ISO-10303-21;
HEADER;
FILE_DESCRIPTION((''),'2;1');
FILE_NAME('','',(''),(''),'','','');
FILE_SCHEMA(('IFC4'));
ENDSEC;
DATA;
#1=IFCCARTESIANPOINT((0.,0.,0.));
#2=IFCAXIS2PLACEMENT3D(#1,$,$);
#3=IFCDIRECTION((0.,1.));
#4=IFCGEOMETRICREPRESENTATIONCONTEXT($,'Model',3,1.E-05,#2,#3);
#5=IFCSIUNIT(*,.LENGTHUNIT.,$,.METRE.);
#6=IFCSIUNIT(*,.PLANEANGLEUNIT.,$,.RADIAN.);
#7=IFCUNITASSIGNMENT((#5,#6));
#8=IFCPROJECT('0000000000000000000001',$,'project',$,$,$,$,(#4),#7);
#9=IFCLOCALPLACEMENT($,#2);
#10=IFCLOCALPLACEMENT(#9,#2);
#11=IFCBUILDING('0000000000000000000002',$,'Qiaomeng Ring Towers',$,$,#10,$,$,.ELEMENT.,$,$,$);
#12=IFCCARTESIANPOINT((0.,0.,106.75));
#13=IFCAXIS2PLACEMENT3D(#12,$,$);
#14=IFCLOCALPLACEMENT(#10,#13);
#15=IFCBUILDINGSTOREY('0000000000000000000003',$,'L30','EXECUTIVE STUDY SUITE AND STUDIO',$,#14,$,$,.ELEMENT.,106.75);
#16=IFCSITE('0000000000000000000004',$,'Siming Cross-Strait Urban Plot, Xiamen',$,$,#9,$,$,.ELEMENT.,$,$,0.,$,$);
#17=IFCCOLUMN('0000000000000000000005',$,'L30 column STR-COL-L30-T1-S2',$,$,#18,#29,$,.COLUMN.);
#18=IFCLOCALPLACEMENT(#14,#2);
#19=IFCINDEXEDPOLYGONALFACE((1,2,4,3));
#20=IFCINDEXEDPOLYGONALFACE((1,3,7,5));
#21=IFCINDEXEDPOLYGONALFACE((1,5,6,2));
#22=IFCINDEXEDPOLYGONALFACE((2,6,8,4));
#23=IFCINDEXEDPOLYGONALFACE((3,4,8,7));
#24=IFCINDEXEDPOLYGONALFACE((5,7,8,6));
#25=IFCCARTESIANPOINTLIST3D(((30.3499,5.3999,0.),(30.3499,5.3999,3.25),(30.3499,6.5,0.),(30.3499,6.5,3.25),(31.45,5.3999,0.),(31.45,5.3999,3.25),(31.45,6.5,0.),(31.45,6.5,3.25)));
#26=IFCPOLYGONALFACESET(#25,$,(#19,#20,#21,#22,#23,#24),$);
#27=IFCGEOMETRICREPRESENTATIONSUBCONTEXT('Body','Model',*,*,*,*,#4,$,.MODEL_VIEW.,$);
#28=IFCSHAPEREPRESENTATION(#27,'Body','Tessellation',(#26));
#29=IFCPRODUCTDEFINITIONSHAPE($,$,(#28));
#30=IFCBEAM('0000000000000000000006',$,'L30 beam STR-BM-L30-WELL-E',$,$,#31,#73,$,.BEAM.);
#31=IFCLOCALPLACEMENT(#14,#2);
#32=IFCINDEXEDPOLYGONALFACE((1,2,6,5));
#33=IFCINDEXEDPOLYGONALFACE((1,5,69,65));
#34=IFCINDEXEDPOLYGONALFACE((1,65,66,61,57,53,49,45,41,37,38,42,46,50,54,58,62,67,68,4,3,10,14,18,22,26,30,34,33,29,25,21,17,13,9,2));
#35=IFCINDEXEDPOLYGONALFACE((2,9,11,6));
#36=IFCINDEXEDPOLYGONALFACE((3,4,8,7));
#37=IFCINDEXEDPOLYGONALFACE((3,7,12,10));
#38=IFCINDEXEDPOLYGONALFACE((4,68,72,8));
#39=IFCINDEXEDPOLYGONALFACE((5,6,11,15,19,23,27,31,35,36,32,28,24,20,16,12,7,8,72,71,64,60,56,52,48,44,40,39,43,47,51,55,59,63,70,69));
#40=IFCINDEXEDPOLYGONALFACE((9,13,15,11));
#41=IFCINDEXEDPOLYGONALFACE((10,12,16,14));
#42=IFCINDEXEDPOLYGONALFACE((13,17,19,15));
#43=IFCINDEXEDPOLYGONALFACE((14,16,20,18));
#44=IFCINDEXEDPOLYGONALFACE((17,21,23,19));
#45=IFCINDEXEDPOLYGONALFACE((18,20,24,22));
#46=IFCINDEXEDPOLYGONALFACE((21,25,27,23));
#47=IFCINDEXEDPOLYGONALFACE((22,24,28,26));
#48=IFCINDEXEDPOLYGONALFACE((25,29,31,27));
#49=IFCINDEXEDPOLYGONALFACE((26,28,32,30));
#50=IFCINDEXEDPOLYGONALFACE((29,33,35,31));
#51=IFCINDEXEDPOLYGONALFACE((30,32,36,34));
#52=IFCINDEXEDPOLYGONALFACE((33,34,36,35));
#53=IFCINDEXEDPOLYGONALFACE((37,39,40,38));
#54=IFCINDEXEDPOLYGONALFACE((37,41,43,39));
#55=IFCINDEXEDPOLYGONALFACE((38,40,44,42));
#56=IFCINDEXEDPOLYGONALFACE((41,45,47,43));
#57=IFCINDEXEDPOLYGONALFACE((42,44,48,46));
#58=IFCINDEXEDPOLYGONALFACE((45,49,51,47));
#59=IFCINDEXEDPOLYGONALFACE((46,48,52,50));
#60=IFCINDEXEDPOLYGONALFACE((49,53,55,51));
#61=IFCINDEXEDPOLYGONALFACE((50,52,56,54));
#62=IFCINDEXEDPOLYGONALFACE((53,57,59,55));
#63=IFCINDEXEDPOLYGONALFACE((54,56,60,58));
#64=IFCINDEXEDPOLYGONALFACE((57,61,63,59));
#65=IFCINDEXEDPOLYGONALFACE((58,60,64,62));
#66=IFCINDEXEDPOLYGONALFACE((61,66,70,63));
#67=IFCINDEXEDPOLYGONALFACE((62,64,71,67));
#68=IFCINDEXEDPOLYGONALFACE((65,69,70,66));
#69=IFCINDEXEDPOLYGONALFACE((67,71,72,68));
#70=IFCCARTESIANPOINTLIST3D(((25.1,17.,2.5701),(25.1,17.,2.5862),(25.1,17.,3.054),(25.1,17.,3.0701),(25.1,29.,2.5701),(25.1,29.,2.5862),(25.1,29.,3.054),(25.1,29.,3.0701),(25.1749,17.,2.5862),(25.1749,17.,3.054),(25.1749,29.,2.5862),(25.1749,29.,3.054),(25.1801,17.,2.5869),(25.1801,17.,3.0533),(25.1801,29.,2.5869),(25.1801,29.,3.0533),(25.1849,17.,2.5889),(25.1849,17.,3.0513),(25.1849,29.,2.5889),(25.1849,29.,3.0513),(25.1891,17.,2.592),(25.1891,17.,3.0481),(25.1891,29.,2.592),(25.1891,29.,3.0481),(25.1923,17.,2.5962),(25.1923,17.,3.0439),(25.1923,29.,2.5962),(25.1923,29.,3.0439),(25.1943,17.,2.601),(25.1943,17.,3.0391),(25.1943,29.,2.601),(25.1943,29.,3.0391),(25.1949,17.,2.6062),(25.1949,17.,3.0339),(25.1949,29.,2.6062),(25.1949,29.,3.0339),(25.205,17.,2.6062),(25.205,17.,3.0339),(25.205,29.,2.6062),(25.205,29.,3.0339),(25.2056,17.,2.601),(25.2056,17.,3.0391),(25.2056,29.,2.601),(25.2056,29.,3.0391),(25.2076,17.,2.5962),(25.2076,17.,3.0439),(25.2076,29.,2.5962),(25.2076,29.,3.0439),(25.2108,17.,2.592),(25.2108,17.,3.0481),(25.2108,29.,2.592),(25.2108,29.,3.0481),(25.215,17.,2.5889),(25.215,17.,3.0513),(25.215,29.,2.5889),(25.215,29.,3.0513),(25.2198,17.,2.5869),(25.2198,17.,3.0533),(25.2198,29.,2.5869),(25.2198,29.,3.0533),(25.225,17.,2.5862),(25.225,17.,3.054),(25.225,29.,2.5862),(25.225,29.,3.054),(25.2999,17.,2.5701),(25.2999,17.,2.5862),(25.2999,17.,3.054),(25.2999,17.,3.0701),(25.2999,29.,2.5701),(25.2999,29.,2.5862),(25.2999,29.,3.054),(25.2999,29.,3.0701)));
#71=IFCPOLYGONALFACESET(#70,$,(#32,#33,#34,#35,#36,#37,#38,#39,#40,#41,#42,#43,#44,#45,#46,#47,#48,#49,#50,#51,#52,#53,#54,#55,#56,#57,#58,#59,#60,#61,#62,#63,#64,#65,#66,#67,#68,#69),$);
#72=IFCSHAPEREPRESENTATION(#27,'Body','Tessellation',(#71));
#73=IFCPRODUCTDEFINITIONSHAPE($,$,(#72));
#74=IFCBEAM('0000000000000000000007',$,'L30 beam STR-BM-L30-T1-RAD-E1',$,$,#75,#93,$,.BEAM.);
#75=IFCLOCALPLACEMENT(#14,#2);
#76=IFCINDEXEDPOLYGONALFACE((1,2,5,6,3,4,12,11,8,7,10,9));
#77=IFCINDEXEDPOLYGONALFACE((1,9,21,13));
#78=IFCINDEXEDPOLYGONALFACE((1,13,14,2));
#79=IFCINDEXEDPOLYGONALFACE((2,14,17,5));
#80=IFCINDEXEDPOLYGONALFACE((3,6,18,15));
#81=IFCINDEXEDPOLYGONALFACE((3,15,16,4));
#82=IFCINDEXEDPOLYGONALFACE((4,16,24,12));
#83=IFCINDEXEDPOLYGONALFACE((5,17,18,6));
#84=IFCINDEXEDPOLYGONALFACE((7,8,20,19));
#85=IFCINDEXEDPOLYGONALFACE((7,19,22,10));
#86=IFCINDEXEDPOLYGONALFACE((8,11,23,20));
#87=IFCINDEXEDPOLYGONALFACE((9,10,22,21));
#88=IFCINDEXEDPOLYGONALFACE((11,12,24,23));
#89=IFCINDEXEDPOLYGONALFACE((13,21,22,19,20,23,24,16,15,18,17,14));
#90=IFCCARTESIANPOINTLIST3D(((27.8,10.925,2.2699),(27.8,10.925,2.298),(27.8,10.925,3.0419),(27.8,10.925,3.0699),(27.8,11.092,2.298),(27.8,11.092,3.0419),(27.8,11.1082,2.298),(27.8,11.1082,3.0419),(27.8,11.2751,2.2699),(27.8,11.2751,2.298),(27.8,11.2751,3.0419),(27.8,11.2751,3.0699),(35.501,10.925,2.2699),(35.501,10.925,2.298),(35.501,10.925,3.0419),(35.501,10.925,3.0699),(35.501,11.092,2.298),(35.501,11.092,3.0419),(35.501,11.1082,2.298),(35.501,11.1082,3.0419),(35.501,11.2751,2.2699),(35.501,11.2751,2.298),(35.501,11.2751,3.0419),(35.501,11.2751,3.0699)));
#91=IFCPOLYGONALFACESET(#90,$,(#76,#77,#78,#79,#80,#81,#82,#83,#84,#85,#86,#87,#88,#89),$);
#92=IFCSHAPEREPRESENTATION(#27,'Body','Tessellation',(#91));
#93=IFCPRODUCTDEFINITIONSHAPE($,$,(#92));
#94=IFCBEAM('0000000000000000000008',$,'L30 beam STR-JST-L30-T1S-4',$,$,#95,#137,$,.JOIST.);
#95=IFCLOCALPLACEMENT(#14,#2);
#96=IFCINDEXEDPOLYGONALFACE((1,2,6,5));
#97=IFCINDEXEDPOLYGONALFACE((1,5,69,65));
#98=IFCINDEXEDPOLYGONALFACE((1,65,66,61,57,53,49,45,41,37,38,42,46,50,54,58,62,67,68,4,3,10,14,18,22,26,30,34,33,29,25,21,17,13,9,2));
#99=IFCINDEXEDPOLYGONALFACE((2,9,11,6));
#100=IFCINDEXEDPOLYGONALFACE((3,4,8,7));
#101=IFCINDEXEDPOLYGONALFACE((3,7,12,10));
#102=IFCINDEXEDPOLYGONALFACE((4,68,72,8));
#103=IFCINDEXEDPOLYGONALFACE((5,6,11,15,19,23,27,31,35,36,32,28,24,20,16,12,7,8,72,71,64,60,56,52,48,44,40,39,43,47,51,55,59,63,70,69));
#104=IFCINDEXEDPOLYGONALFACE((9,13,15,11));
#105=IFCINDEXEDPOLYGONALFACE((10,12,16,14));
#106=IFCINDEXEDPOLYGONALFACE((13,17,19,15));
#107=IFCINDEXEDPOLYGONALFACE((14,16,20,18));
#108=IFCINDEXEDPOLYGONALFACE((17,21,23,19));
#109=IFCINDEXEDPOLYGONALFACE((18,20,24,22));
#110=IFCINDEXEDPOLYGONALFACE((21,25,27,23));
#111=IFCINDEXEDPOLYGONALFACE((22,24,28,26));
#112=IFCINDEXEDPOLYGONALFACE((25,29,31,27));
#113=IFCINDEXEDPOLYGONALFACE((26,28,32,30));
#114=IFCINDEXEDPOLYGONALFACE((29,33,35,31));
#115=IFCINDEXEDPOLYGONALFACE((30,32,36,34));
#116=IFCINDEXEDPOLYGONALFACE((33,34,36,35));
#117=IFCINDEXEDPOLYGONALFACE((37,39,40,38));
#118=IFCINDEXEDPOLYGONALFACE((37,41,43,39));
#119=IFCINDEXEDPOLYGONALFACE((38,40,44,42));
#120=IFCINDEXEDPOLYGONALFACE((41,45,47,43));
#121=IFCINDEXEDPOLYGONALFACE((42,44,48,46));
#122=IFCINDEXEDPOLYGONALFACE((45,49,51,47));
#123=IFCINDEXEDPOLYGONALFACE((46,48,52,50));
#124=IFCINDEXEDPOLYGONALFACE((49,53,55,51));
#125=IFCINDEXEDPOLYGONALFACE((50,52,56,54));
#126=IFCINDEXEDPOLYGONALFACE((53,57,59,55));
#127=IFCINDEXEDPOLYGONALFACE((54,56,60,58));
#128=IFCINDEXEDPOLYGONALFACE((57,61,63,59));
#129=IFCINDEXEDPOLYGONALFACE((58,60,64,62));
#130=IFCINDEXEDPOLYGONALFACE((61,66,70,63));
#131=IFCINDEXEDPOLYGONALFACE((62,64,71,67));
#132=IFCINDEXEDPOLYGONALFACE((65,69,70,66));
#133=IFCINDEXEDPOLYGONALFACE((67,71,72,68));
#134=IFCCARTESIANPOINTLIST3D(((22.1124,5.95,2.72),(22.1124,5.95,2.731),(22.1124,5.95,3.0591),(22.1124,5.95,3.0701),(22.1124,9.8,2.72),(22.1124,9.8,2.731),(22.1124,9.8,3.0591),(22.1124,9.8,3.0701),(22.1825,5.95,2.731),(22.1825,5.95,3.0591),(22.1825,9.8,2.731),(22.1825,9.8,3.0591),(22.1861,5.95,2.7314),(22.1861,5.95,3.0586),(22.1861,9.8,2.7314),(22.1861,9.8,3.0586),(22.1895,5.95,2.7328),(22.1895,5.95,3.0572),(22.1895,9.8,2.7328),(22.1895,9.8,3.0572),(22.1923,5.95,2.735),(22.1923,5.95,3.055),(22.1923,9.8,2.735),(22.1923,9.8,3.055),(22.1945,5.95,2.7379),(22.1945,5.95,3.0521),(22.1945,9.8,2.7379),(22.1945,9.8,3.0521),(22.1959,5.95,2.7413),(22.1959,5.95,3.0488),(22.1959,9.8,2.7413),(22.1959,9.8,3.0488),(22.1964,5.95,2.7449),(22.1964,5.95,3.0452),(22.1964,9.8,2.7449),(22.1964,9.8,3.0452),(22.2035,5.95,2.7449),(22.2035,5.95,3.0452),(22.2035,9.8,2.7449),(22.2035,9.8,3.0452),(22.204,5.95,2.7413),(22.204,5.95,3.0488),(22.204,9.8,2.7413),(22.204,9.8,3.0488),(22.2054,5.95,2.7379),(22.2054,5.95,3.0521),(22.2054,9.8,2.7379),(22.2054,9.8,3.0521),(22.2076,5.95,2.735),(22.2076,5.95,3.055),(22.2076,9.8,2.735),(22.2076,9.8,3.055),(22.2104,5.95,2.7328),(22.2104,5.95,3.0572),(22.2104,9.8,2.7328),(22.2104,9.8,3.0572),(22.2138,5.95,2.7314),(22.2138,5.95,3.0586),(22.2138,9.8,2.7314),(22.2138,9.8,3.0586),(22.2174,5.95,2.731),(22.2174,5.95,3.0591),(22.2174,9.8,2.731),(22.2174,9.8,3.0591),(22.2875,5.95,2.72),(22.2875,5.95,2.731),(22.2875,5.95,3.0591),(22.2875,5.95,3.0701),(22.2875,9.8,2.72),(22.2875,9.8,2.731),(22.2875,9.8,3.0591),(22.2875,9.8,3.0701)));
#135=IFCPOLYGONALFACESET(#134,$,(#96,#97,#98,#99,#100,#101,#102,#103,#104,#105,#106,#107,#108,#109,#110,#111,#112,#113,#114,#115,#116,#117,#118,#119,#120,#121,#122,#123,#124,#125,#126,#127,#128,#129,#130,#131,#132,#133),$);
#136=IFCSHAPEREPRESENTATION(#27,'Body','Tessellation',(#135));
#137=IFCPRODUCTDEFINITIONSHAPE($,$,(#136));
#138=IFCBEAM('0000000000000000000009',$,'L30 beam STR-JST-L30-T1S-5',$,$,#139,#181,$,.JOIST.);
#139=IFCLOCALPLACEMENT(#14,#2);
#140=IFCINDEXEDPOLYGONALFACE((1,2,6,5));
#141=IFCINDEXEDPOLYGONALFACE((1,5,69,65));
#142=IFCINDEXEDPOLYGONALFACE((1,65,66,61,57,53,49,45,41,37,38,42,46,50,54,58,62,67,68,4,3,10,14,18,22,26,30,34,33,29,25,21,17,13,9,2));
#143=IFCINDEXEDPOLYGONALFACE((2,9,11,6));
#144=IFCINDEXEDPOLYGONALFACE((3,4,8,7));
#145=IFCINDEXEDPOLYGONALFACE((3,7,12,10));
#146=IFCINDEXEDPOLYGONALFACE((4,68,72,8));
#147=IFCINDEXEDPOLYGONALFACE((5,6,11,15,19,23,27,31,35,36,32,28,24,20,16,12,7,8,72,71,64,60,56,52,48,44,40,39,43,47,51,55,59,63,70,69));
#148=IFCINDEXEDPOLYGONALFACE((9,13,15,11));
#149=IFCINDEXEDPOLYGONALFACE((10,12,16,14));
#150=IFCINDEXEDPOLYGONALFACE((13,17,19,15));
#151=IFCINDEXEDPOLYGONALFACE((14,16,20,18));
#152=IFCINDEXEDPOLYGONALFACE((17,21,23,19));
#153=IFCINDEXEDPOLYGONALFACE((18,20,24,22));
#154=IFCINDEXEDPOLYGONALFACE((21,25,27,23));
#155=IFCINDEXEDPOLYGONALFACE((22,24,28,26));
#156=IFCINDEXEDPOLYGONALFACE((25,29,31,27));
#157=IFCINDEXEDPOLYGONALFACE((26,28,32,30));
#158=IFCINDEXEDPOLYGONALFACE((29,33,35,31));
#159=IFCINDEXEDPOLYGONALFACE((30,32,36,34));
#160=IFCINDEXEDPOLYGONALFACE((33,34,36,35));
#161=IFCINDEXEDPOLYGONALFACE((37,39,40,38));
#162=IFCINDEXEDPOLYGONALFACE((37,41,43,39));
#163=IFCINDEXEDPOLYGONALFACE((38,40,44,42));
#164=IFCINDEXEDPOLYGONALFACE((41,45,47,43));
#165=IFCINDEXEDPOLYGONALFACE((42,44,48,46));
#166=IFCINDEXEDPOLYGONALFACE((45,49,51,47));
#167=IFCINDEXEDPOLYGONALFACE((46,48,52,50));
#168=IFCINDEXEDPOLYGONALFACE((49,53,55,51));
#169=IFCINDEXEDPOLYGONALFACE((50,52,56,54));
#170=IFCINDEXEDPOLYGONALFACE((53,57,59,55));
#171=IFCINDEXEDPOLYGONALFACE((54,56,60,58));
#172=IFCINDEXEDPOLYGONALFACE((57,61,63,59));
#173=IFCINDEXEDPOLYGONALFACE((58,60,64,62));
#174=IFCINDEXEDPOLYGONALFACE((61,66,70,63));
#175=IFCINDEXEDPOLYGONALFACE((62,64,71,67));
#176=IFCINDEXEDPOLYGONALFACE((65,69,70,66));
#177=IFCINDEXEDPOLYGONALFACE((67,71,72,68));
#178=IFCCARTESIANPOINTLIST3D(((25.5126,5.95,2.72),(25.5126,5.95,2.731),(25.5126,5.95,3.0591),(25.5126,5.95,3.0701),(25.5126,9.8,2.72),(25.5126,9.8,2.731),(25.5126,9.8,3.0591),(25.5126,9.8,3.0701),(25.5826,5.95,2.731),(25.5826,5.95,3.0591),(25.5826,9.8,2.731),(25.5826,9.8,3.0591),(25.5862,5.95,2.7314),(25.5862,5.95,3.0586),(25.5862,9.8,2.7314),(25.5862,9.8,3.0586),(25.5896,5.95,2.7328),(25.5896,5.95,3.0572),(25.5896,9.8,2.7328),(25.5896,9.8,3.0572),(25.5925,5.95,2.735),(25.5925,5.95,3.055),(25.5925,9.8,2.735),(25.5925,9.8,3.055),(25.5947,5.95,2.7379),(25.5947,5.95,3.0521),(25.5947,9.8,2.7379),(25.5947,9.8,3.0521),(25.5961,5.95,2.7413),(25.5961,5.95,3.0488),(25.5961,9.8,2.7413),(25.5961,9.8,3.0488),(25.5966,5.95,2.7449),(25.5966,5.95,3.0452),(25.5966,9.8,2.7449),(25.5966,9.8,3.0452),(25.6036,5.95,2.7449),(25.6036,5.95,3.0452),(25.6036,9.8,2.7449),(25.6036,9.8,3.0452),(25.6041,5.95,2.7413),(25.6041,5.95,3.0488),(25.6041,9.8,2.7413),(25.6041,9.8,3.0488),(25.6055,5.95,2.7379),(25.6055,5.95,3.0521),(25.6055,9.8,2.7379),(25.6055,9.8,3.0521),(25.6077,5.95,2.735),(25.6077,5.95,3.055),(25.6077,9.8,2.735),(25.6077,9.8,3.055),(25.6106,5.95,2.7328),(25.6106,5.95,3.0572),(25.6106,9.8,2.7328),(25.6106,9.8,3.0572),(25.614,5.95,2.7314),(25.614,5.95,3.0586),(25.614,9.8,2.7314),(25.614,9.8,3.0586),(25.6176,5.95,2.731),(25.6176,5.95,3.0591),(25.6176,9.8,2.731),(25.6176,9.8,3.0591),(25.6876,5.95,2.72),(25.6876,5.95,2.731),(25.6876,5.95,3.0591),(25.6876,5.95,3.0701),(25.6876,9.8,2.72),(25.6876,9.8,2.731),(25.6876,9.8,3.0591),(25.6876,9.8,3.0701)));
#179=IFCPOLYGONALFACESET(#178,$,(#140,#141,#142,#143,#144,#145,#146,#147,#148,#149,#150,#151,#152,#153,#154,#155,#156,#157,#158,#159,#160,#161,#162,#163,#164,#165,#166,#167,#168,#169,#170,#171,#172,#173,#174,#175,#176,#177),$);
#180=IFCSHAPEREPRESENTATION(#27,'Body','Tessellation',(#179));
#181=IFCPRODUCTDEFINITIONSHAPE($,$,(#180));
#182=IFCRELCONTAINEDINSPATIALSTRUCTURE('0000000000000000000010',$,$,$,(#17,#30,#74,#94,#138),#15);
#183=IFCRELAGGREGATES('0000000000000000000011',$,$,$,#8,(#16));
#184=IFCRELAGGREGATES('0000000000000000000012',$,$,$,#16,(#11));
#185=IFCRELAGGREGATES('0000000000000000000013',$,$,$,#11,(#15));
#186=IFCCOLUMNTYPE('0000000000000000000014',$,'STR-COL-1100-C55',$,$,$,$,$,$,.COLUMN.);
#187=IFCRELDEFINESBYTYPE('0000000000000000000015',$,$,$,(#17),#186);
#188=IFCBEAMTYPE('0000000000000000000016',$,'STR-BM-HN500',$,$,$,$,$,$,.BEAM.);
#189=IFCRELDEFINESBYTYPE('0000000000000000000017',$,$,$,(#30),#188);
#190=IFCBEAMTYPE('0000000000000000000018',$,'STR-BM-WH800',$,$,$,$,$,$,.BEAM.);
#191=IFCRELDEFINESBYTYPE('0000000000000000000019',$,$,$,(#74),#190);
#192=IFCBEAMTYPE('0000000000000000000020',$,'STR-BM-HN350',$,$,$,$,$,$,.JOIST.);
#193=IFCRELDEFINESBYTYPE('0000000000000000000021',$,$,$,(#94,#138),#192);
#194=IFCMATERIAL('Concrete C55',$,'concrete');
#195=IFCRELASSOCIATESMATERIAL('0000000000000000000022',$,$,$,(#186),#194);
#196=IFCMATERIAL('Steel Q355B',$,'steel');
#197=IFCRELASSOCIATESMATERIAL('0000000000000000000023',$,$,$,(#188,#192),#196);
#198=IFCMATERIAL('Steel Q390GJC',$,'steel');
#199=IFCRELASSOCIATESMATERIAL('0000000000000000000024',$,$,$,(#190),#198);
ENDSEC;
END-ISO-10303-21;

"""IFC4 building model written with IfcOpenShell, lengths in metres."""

from ifc_helpers import new_model, si_unit, direction, frame, origin, origin_2d, place, context, subcontext, project, spatial, rectangle, i_section, extrude, source, transform, mapped, material, material_profile, profile_set, type_object, element, save


model = new_model("IFC4")

# Units and contexts
model_context = context("Model", 3, precision=1e-05, world=origin(), true_north=direction((0.0, 1.0)))
body_context = subcontext(model_context, "Body", "Model", "MODEL_VIEW")
ifc_project = project(units=[si_unit("LENGTHUNIT", "METRE"), si_unit("PLANEANGLEUNIT", "RADIAN")], contexts=[model_context])

# Site, building, storey
site_placement = place(None, origin())
site = spatial("IfcSite", under=ifc_project, at=site_placement, Name="Siming Cross-Strait Urban Plot, Xiamen", CompositionType="ELEMENT", RefElevation=0.0)
building_placement = place(site_placement, origin())
building = spatial("IfcBuilding", under=site, at=building_placement, Name="Qiaomeng Ring Towers", CompositionType="ELEMENT")
storey_placement = place(building_placement, frame((0.0, 0.0, 106.75)))
storey = spatial("IfcBuildingStorey", under=building, at=storey_placement, Name="L30", Description="EXECUTIVE STUDY SUITE AND STUDIO", CompositionType="ELEMENT", Elevation=106.75)

# Column
ifc_material_1 = material(Name="Concrete C55", Category="concrete")
ifc_material_profile_1 = material_profile(ifc_material_1, rectangle(XDim=1.1001, YDim=1.1001, at=origin_2d()), Name="RC COL 1100x1100")
ifc_profile_set_1 = profile_set([ifc_material_profile_1], Name="Concrete C55")
column_type = type_object("IfcColumnType", Name="STR-COL-1100-C55", PredefinedType="COLUMN", material=ifc_profile_set_1)
shared_shape_1 = source(origin(), body_context, "Body", "SweptSolid", [
    extrude(rectangle(XDim=1.1001, YDim=1.1001, at=origin_2d()), origin(), (0.0, 0.0, 1.0), 3.25),
])
column_placement = place(storey_placement, frame((30.8999, 5.95, 0.0), z_axis=(0.0, 0.0, 1.0), x_axis=(1.0, 0.0, 0.0)))
element("IfcColumn", 1, at=column_placement, inside=storey, type_object=column_type, Name="L30 column STR-COL-L30-T1-S2", PredefinedType="COLUMN", context=body_context, shape_type="MappedRepresentation", body=[
    mapped(shared_shape_1, transform((0.0, 0.0, 0.0), x_axis=(1.0, 0.0, 0.0), y_axis=(0.0, 1.0, 0.0), z_axis=(0.0, 0.0, 1.0), scale=1.0)),
])

# Beams
ifc_material_2 = material(Name="Steel Q355B", Category="steel")
ifc_material_profile_2 = material_profile(ifc_material_2, i_section(OverallWidth=0.2, OverallDepth=0.5, WebThickness=0.01, FlangeThickness=0.0161, FilletRadius=0.02, at=origin_2d()), Name="HN 500x200x10x16")
ifc_profile_set_2 = profile_set([ifc_material_profile_2], Name="Steel Q355B")
beam_type_1 = type_object("IfcBeamType", Name="STR-BM-HN500", PredefinedType="BEAM", material=ifc_profile_set_2)
shared_shape_2 = source(origin(), body_context, "Body", "SweptSolid", [
    extrude(i_section(OverallWidth=0.2, OverallDepth=0.5, WebThickness=0.01, FlangeThickness=0.0161, FilletRadius=0.02, at=origin_2d()), origin(), (0.0, 0.0, 1.0), 12.0),
])
beam_1_placement = place(storey_placement, frame((25.2, 17.0, 2.8201), z_axis=(0.0, 1.0, 0.0), x_axis=(-1.0, 0.0, 0.0)))
element("IfcBeam", 2, at=beam_1_placement, inside=storey, type_object=beam_type_1, Name="L30 beam STR-BM-L30-WELL-E", PredefinedType="BEAM", context=body_context, shape_type="MappedRepresentation", body=[
    mapped(shared_shape_2, transform((0.0, 0.0, 0.0), x_axis=(1.0, 0.0, 0.0), y_axis=(0.0, 1.0, 0.0), z_axis=(0.0, 0.0, 1.0), scale=1.0)),
])
ifc_material_3 = material(Name="Steel Q390GJC", Category="steel")
ifc_material_profile_3 = material_profile(ifc_material_3, i_section(OverallWidth=0.3501, OverallDepth=0.8, WebThickness=0.0161, FlangeThickness=0.0281, at=origin_2d()), Name="WH 800x350x16x28")
ifc_profile_set_3 = profile_set([ifc_material_profile_3], Name="Steel Q390GJC")
beam_type_2 = type_object("IfcBeamType", Name="STR-BM-WH800", PredefinedType="BEAM", material=ifc_profile_set_3)
shared_shape_3 = source(origin(), body_context, "Body", "SweptSolid", [
    extrude(i_section(OverallWidth=0.3501, OverallDepth=0.8, WebThickness=0.0161, FlangeThickness=0.0281, at=origin_2d()), origin(), (0.0, 0.0, 1.0), 7.7009),
])
beam_2_placement = place(storey_placement, frame((27.8, 11.1001, 2.6699), z_axis=(1.0, 0.0, 0.0), x_axis=(0.0, 1.0, 0.0)))
element("IfcBeam", 3, at=beam_2_placement, inside=storey, type_object=beam_type_2, Name="L30 beam STR-BM-L30-T1-RAD-E1", PredefinedType="BEAM", context=body_context, shape_type="MappedRepresentation", body=[
    mapped(shared_shape_3, transform((0.0, 0.0, 0.0), x_axis=(1.0, 0.0, 0.0), y_axis=(0.0, 1.0, 0.0), z_axis=(0.0, 0.0, 1.0), scale=1.0)),
])
ifc_material_profile_4 = material_profile(ifc_material_2, i_section(OverallWidth=0.175, OverallDepth=0.3501, WebThickness=0.0071, FlangeThickness=0.011, FilletRadius=0.0139, at=origin_2d()), Name="HN 350x175x7x11")
ifc_profile_set_4 = profile_set([ifc_material_profile_4], Name="Steel Q355B")
beam_type_3 = type_object("IfcBeamType", Name="STR-BM-HN350", PredefinedType="JOIST", material=ifc_profile_set_4)
shared_shape_4 = source(origin(), body_context, "Body", "SweptSolid", [
    extrude(i_section(OverallWidth=0.175, OverallDepth=0.3501, WebThickness=0.0071, FlangeThickness=0.011, FilletRadius=0.0139, at=origin_2d()), origin(), (0.0, 0.0, 1.0), 3.8501),
])
for number, where, z_axis, x_axis, name in (
    (4, (22.2, 5.95, 2.895), (0.0, 1.0, 0.0), (-1.0, 0.0, 0.0), "L30 beam STR-JST-L30-T1S-4"),
    (5, (25.6001, 5.95, 2.895), (0.0, 1.0, 0.0), (-1.0, 0.0, 0.0), "L30 beam STR-JST-L30-T1S-5"),
):
    element("IfcBeam", number, at=place(storey_placement, frame(where, z_axis=z_axis, x_axis=x_axis)), inside=storey, type_object=beam_type_3, Name=name, PredefinedType="JOIST", context=body_context, shape_type="MappedRepresentation", body=[
        mapped(shared_shape_4, transform((0.0, 0.0, 0.0), x_axis=(1.0, 0.0, 0.0), y_axis=(0.0, 1.0, 0.0), z_axis=(0.0, 0.0, 1.0), scale=1.0)),
    ])

save(model, "model.ifc")
